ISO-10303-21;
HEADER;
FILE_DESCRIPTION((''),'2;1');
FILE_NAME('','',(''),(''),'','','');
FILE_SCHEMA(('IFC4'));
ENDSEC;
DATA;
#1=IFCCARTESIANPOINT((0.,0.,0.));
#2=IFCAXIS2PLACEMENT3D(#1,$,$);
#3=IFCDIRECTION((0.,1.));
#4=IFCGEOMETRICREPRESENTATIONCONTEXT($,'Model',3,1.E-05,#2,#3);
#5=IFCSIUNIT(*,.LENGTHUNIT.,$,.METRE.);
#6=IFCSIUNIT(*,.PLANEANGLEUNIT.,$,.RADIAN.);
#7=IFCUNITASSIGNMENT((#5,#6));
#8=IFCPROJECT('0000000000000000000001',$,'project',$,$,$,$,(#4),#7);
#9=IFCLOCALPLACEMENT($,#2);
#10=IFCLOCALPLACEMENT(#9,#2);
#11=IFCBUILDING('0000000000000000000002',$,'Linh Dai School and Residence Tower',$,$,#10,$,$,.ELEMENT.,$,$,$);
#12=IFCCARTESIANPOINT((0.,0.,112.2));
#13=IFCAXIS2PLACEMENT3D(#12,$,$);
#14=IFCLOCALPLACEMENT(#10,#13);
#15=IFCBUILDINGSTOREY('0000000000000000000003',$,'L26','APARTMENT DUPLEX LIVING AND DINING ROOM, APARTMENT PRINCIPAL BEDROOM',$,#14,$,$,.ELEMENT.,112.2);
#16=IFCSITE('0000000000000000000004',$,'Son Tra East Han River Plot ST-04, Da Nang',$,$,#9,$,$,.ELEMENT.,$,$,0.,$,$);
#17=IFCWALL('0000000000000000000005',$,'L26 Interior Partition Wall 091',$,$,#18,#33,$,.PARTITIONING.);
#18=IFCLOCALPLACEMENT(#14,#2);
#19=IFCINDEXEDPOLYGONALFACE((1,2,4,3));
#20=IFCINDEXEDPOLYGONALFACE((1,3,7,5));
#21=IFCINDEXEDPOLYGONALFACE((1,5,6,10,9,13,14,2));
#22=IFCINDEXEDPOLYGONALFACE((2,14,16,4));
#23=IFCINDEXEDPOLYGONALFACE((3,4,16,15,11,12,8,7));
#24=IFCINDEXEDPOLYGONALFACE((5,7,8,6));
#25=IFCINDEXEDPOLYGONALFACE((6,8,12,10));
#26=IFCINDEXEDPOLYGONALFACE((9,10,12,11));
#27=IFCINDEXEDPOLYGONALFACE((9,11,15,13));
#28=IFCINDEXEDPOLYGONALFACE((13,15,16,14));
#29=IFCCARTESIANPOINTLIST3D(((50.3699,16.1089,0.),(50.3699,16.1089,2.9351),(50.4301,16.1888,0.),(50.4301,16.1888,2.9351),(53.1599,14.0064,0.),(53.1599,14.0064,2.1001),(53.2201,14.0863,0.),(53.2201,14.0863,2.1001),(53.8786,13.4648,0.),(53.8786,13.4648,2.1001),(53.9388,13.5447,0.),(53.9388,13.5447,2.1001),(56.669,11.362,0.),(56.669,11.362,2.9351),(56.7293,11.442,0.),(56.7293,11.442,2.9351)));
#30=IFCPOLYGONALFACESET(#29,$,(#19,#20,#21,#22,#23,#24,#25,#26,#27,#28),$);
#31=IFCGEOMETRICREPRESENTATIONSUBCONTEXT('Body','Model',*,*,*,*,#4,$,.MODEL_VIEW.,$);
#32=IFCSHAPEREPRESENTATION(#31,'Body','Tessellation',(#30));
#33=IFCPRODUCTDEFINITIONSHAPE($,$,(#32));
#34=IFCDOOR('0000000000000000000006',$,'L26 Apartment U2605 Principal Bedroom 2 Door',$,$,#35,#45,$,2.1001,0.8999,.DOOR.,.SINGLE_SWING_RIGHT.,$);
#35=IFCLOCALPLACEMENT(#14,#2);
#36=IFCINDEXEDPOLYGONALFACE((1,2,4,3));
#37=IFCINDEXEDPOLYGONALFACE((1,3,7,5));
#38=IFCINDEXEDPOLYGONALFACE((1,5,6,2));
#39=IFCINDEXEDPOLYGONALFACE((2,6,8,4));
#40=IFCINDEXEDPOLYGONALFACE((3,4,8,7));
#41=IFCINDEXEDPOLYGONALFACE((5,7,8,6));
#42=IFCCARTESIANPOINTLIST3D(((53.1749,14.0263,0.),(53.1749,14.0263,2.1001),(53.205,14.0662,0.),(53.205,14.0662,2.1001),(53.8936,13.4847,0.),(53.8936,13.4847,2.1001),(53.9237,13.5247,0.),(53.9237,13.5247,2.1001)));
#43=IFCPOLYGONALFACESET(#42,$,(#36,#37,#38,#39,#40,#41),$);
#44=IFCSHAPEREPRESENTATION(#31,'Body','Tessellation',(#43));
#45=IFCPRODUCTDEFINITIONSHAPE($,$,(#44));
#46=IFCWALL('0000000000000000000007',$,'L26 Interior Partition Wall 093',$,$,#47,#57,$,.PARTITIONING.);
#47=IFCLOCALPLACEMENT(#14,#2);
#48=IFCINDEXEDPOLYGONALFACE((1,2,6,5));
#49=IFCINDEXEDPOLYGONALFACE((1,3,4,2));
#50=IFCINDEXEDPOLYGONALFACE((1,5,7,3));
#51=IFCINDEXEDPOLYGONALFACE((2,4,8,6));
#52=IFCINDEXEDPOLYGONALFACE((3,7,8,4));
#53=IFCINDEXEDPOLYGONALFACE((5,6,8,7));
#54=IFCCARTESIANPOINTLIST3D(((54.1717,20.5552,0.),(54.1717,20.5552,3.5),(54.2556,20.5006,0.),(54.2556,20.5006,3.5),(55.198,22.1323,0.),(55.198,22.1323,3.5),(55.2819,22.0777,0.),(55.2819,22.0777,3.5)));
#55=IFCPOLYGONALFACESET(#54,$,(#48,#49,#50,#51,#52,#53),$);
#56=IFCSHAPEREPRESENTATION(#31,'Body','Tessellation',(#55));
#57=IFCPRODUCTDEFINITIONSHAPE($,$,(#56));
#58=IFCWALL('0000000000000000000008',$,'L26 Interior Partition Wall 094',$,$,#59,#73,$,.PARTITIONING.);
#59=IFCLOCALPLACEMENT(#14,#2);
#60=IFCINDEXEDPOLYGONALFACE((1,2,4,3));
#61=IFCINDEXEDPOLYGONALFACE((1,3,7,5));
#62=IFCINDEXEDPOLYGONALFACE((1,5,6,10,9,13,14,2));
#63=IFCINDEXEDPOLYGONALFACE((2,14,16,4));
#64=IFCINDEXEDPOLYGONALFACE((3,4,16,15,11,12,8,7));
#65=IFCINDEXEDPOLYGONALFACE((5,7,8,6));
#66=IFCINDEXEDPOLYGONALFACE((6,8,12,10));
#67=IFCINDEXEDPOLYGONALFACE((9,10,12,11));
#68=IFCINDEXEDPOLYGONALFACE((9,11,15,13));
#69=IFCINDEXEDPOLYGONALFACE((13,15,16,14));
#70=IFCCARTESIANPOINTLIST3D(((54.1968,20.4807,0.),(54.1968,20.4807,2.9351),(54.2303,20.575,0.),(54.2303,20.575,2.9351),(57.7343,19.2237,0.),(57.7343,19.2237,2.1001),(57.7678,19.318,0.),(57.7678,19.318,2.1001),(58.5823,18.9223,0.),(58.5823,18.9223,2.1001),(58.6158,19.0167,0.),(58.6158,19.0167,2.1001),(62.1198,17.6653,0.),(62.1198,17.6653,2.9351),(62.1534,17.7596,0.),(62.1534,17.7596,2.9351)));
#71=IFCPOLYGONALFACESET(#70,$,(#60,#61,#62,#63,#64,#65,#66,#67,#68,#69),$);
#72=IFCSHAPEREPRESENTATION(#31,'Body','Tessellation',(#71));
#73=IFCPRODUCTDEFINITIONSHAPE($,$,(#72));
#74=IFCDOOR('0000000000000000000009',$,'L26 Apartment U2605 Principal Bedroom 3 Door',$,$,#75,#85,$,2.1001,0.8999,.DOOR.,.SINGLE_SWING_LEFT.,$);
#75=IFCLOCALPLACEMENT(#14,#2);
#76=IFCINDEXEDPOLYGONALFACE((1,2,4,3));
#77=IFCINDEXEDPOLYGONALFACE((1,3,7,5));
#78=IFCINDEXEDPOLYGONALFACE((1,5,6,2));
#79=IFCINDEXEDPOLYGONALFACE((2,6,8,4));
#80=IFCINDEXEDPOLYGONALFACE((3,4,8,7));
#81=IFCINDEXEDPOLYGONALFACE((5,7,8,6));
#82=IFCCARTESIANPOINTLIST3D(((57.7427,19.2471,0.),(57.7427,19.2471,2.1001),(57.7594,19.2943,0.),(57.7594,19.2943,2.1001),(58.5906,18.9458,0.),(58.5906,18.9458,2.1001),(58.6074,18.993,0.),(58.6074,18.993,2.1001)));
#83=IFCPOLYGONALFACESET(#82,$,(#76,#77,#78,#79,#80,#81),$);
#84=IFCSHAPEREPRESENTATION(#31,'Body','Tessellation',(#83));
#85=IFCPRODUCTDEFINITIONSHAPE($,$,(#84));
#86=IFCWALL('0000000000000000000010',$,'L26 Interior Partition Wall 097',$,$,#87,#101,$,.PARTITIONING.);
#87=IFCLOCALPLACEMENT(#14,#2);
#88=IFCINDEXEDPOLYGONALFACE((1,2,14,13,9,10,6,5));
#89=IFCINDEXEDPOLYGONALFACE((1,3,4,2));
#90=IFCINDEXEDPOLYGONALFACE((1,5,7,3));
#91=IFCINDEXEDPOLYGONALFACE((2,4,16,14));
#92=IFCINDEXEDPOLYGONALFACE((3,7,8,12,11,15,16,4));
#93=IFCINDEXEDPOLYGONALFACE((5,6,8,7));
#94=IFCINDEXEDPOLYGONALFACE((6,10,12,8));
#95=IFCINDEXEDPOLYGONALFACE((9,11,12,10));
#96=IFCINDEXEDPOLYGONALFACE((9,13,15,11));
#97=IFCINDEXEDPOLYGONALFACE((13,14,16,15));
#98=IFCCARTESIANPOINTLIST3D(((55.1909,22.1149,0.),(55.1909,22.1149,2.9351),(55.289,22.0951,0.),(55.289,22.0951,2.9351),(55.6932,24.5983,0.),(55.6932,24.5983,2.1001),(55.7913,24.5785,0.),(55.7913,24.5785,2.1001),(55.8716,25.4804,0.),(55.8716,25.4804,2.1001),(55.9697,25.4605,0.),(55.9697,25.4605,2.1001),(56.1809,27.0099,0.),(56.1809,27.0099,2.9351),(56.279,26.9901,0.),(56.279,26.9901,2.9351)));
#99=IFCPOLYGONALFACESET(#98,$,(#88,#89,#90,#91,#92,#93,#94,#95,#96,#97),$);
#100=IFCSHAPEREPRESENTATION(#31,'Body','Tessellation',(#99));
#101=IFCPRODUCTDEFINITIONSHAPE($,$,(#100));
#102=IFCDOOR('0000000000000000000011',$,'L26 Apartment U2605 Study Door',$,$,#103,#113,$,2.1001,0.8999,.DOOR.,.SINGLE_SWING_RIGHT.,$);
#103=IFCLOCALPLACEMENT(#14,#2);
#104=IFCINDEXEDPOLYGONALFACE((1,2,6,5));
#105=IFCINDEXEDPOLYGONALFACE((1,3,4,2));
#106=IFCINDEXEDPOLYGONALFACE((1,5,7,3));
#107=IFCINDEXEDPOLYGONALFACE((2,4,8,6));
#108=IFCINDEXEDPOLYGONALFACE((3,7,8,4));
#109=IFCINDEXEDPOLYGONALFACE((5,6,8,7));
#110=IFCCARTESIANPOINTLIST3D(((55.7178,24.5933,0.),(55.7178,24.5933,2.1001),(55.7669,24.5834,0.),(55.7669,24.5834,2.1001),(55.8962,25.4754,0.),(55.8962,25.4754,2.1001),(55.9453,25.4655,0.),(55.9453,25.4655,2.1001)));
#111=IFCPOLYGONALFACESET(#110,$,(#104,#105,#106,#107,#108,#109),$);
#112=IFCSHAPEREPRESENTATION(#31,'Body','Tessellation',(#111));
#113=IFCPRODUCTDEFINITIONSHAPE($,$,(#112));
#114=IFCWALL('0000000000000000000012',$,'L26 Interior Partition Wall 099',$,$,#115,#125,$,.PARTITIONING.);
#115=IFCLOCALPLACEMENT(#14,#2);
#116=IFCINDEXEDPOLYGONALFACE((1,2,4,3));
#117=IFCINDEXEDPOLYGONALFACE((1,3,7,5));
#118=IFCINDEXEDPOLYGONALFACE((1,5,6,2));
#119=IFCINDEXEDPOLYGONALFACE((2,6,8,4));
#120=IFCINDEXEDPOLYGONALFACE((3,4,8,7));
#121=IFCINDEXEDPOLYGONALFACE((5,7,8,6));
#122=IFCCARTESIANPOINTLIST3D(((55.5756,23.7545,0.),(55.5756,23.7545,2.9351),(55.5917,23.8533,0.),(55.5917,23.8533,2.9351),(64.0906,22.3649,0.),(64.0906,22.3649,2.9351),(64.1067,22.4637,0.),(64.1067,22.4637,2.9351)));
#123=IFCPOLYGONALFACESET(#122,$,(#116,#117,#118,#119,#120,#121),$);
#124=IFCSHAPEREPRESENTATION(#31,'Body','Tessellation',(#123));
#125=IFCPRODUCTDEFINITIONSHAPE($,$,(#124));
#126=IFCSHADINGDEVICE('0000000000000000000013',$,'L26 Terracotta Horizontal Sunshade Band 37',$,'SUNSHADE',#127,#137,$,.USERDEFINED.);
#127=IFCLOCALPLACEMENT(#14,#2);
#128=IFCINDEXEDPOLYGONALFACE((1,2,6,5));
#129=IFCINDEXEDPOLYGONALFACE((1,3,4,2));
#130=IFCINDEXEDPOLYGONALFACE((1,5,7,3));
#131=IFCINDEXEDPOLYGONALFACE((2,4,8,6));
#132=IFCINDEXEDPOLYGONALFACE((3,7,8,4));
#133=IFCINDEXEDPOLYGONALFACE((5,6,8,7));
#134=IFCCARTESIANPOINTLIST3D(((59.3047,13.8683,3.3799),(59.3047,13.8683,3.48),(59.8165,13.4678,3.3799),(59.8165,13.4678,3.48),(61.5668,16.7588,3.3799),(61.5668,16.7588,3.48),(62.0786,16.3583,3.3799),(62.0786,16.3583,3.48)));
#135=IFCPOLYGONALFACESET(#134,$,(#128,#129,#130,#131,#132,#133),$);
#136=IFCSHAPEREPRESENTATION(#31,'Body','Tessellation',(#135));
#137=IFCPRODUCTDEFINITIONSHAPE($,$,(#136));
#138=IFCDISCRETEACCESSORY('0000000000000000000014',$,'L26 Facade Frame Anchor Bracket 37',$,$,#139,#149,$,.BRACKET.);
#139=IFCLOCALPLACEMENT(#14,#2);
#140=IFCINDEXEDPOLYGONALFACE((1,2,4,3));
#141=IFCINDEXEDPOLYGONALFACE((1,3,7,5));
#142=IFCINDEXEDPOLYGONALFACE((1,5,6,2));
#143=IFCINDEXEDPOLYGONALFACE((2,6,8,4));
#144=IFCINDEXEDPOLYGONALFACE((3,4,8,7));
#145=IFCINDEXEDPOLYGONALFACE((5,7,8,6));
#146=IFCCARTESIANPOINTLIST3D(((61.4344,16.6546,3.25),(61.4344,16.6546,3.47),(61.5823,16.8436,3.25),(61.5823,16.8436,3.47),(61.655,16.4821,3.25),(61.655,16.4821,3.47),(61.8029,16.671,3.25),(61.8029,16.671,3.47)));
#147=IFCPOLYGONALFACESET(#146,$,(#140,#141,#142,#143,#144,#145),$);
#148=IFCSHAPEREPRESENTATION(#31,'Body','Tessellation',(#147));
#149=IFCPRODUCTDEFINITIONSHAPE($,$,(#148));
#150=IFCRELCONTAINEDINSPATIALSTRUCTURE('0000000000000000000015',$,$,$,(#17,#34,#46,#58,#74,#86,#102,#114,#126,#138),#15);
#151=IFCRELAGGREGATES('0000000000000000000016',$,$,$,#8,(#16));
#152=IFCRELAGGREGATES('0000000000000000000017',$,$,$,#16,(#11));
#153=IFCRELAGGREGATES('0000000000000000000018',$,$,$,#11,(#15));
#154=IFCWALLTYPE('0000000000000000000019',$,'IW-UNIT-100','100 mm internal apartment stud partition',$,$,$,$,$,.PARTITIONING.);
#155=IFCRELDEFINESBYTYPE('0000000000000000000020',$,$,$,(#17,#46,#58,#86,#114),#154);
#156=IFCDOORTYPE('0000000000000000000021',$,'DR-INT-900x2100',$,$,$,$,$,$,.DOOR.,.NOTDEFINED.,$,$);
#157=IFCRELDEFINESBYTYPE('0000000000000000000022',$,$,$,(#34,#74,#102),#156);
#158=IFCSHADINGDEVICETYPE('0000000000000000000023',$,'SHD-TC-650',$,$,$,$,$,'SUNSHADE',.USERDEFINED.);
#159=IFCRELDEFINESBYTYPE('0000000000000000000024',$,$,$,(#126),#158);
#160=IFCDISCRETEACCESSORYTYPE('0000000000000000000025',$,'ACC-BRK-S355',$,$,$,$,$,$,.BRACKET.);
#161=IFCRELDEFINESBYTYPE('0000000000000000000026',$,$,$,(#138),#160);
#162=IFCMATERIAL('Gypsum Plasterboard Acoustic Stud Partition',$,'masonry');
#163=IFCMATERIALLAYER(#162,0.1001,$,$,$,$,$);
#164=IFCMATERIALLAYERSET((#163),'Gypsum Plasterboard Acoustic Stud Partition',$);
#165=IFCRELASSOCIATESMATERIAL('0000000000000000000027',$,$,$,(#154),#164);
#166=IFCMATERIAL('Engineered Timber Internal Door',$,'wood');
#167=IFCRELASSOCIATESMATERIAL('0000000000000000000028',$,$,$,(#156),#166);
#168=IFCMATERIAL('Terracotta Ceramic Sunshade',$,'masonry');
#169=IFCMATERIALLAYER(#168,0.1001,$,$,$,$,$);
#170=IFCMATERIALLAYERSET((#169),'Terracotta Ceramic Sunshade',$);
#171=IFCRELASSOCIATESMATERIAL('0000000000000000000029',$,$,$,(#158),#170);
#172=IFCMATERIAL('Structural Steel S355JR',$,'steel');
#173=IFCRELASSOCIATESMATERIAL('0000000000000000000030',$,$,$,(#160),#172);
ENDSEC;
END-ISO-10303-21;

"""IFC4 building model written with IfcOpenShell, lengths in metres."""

from ifc_helpers import new_model, si_unit, direction, frame, frame_2d, origin, origin_2d, place, context, subcontext, project, spatial, rectangle, extrude, source, transform, mapped, material, layer, layer_set, type_object, element, fill, save


model = new_model("IFC4")

# Units and contexts
model_context = context("Model", 3, precision=1e-05, world=origin(), true_north=direction((0.0, 1.0)))
body_context = subcontext(model_context, "Body", "Model", "MODEL_VIEW")
ifc_project = project(units=[si_unit("LENGTHUNIT", "METRE"), si_unit("PLANEANGLEUNIT", "RADIAN")], contexts=[model_context])

# Site, building, storey
site_placement = place(None, origin())
site = spatial("IfcSite", under=ifc_project, at=site_placement, Name="Son Tra East Han River Plot ST-04, Da Nang", CompositionType="ELEMENT", RefElevation=0.0)
building_placement = place(site_placement, origin())
building = spatial("IfcBuilding", under=site, at=building_placement, Name="Linh Dai School and Residence Tower", CompositionType="ELEMENT")
storey_placement = place(building_placement, frame((0.0, 0.0, 112.2)))
storey = spatial("IfcBuildingStorey", under=building, at=storey_placement, Name="L26", Description="APARTMENT DUPLEX LIVING AND DINING ROOM, APARTMENT PRINCIPAL BEDROOM", CompositionType="ELEMENT", Elevation=112.2)

# Shared definitions
ifc_material_1 = material(Name="Structural Steel S355JR", Category="steel")

# Wall, opening, door
ifc_material_2 = material(Name="Gypsum Plasterboard Acoustic Stud Partition", Category="masonry")
ifc_layer_1 = layer(ifc_material_2, 0.1001)
ifc_layer_set_1 = layer_set([ifc_layer_1], Name="Gypsum Plasterboard Acoustic Stud Partition")
wall_type_1 = type_object("IfcWallType", Name="IW-UNIT-100", Description="100 mm internal apartment stud partition", PredefinedType="PARTITIONING", material=ifc_layer_set_1)
wall_1_placement = place(storey_placement, frame((50.3999, 16.1489, 0.0), z_axis=(0.0, 0.0, 1.0), x_axis=(0.798627, -0.601826, 0.0)))
wall_1 = element("IfcWall", 1, at=wall_1_placement, inside=storey, type_object=wall_type_1, Name="L26 Interior Partition Wall 091", PredefinedType="PARTITIONING", context=body_context, shape_type="SweptSolid", body=[
    extrude(rectangle(XDim=7.8875, YDim=0.1001, at=frame_2d((3.9438, 0.0))), origin(), (0.0, 0.0, 1.0), 2.9351),
])
opening_1_placement = place(wall_1_placement, frame((3.4937, 0.0, 0.0)))
opening_1 = element("IfcOpeningElement", 2, at=opening_1_placement, cuts=wall_1, PredefinedType="OPENING", context=body_context, shape_type="SweptSolid", body=[
    extrude(rectangle(XDim=0.8999, YDim=2.1001, at=origin_2d()), frame((0.45, 0.0601, 1.05), z_axis=(0.0, -1.0, 0.0), x_axis=(1.0, 0.0, 0.0)), (0.0, 0.0, 1.0), 0.1201),
])
ifc_material_3 = material(Name="Engineered Timber Internal Door", Category="wood")
door_type = type_object("IfcDoorType", Name="DR-INT-900x2100", OperationType="NOTDEFINED", PredefinedType="DOOR", material=ifc_material_3)
shared_shape_1 = source(origin(), body_context, "Body", "SweptSolid", [
    extrude(rectangle(XDim=0.8999, YDim=2.1001, at=origin_2d()), frame((0.45, 0.0249, 1.05), z_axis=(0.0, -1.0, 0.0), x_axis=(1.0, 0.0, 0.0)), (0.0, 0.0, 1.0), 0.05),
])
door_1_placement = place(opening_1_placement, origin())
door_1 = element("IfcDoor", 3, at=door_1_placement, inside=storey, type_object=door_type, Name="L26 Apartment U2605 Principal Bedroom 2 Door", OperationType="SINGLE_SWING_RIGHT", OverallHeight=2.1001, OverallWidth=0.8999, PredefinedType="DOOR", context=body_context, shape_type="MappedRepresentation", body=[
    mapped(shared_shape_1, transform((0.0, 0.0, 0.0), x_axis=(1.0, 0.0, 0.0), y_axis=(0.0, 1.0, 0.0), z_axis=(0.0, 0.0, 1.0), scale=1.0)),
])
fill(opening_1, door_1)

# Wall
wall_2_placement = place(storey_placement, frame((54.2136, 20.5278, 0.0), z_axis=(0.0, 0.0, 1.0), x_axis=(0.545444, 0.838147, 0.0)))
element("IfcWall", 4, at=wall_2_placement, inside=storey, type_object=wall_type_1, Name="L26 Interior Partition Wall 093", PredefinedType="PARTITIONING", context=body_context, shape_type="SweptSolid", body=[
    extrude(rectangle(XDim=1.8816, YDim=0.1001, at=frame_2d((0.9409, 0.0))), origin(), (0.0, 0.0, 1.0), 3.5),
])

# Walls, openings, doors
wall_3_placement = place(storey_placement, frame((54.2136, 20.5278, 0.0), z_axis=(0.0, 0.0, 1.0), x_axis=(0.942277, -0.334833, 0.0)))
wall_3 = element("IfcWall", 5, at=wall_3_placement, inside=storey, type_object=wall_type_1, Name="L26 Interior Partition Wall 094", PredefinedType="PARTITIONING", context=body_context, shape_type="SweptSolid", body=[
    extrude(rectangle(XDim=8.4084, YDim=0.1001, at=frame_2d((4.2041, 0.0))), origin(), (0.0, 0.0, 1.0), 2.9351),
])
opening_2_placement = place(wall_3_placement, frame((3.7542, 0.0, 0.0)))
opening_2 = element("IfcOpeningElement", 6, at=opening_2_placement, cuts=wall_3, PredefinedType="OPENING", context=body_context, shape_type="SweptSolid", body=[
    extrude(rectangle(XDim=0.8999, YDim=2.1001, at=origin_2d()), frame((0.45, 0.0601, 1.05), z_axis=(0.0, -1.0, 0.0), x_axis=(1.0, 0.0, 0.0)), (0.0, 0.0, 1.0), 0.1201),
])
door_2_placement = place(opening_2_placement, origin())
door_2 = element("IfcDoor", 7, at=door_2_placement, inside=storey, type_object=door_type, Name="L26 Apartment U2605 Principal Bedroom 3 Door", OperationType="SINGLE_SWING_LEFT", OverallHeight=2.1001, OverallWidth=0.8999, PredefinedType="DOOR", context=body_context, shape_type="MappedRepresentation", body=[
    mapped(shared_shape_1, transform((0.0, 0.0, 0.0), x_axis=(1.0, 0.0, 0.0), y_axis=(0.0, 1.0, 0.0), z_axis=(0.0, 0.0, 1.0), scale=1.0)),
])
fill(opening_2, door_2)
wall_4_placement = place(storey_placement, frame((55.24, 22.105, 0.0), z_axis=(0.0, 0.0, 1.0), x_axis=(0.198231, 0.980155, 0.0)))
wall_4 = element("IfcWall", 8, at=wall_4_placement, inside=storey, type_object=wall_type_1, Name="L26 Interior Partition Wall 097", PredefinedType="PARTITIONING", context=body_context, shape_type="SweptSolid", body=[
    extrude(rectangle(XDim=4.9941, YDim=0.1001, at=frame_2d((2.4971, 0.0))), origin(), (0.0, 0.0, 1.0), 2.9351),
])
opening_3_placement = place(wall_4_placement, frame((2.5337, 0.0, 0.0)))
opening_3 = element("IfcOpeningElement", 9, at=opening_3_placement, cuts=wall_4, PredefinedType="OPENING", context=body_context, shape_type="SweptSolid", body=[
    extrude(rectangle(XDim=0.8999, YDim=2.1001, at=origin_2d()), frame((0.45, 0.0601, 1.05), z_axis=(0.0, -1.0, 0.0), x_axis=(1.0, 0.0, 0.0)), (0.0, 0.0, 1.0), 0.1201),
])
door_3_placement = place(opening_3_placement, origin())
door_3 = element("IfcDoor", 10, at=door_3_placement, inside=storey, type_object=door_type, Name="L26 Apartment U2605 Study Door", OperationType="SINGLE_SWING_RIGHT", OverallHeight=2.1001, OverallWidth=0.8999, PredefinedType="DOOR", context=body_context, shape_type="MappedRepresentation", body=[
    mapped(shared_shape_1, transform((0.0, 0.0, 0.0), x_axis=(1.0, 0.0, 0.0), y_axis=(0.0, 1.0, 0.0), z_axis=(0.0, 0.0, 1.0), scale=1.0)),
])
fill(opening_3, door_3)

# Wall
wall_5_placement = place(storey_placement, frame((55.5835, 23.804, 0.0), z_axis=(0.0, 0.0, 1.0), x_axis=(0.986944, -0.161067, 0.0)))
element("IfcWall", 11, at=wall_5_placement, inside=storey, type_object=wall_type_1, Name="L26 Interior Partition Wall 099", PredefinedType="PARTITIONING", context=body_context, shape_type="SweptSolid", body=[
    extrude(rectangle(XDim=8.6277, YDim=0.1001, at=frame_2d((4.314, 0.0))), origin(), (0.0, 0.0, 1.0), 2.9351),
])

# Shading device
ifc_material_4 = material(Name="Terracotta Ceramic Sunshade", Category="masonry")
ifc_layer_2 = layer(ifc_material_4, 0.1001)
ifc_layer_set_2 = layer_set([ifc_layer_2], Name="Terracotta Ceramic Sunshade")
shading_device_type = type_object("IfcShadingDeviceType", Name="SHD-TC-650", ElementType="SUNSHADE", PredefinedType="USERDEFINED", material=ifc_layer_set_2)
shared_shape_2 = source(origin(), body_context, "Body", "SweptSolid", [
    extrude(rectangle(XDim=3.6704, YDim=0.6499, at=origin_2d()), origin(), (0.0, 0.0, 1.0), 0.1001),
])
shading_device_placement = place(storey_placement, frame((60.6917, 15.1133, 3.3799), z_axis=(0.0, 0.0, 1.0), x_axis=(-0.616305, -0.787508, 0.0)))
element("IfcShadingDevice", 12, at=shading_device_placement, inside=storey, type_object=shading_device_type, Name="L26 Terracotta Horizontal Sunshade Band 37", ObjectType="SUNSHADE", PredefinedType="USERDEFINED", context=body_context, shape_type="MappedRepresentation", body=[
    mapped(shared_shape_2, transform((0.0, 0.0, 0.0), x_axis=(1.0, 0.0, 0.0), y_axis=(0.0, 1.0, 0.0), z_axis=(0.0, 0.0, 1.0), scale=1.0)),
])

# Discrete accessory
discrete_accessory_type = type_object("IfcDiscreteAccessoryType", Name="ACC-BRK-S355", PredefinedType="BRACKET", material=ifc_material_1)
shared_shape_3 = source(origin(), body_context, "Body", "SweptSolid", [
    extrude(rectangle(XDim=0.28, YDim=0.24, at=origin_2d()), origin(), (0.0, 0.0, 1.0), 0.22),
])
discrete_accessory_placement = place(storey_placement, frame((61.6187, 16.6628, 3.25), z_axis=(0.0, 0.0, 1.0), x_axis=(0.787508, -0.616305, 0.0)))
element("IfcDiscreteAccessory", 13, at=discrete_accessory_placement, inside=storey, type_object=discrete_accessory_type, Name="L26 Facade Frame Anchor Bracket 37", PredefinedType="BRACKET", context=body_context, shape_type="MappedRepresentation", body=[
    mapped(shared_shape_3, transform((0.0, 0.0, 0.0), x_axis=(1.0, 0.0, 0.0), y_axis=(0.0, 1.0, 0.0), z_axis=(0.0, 0.0, 1.0), scale=1.0)),
])

save(model, "model.ifc")
